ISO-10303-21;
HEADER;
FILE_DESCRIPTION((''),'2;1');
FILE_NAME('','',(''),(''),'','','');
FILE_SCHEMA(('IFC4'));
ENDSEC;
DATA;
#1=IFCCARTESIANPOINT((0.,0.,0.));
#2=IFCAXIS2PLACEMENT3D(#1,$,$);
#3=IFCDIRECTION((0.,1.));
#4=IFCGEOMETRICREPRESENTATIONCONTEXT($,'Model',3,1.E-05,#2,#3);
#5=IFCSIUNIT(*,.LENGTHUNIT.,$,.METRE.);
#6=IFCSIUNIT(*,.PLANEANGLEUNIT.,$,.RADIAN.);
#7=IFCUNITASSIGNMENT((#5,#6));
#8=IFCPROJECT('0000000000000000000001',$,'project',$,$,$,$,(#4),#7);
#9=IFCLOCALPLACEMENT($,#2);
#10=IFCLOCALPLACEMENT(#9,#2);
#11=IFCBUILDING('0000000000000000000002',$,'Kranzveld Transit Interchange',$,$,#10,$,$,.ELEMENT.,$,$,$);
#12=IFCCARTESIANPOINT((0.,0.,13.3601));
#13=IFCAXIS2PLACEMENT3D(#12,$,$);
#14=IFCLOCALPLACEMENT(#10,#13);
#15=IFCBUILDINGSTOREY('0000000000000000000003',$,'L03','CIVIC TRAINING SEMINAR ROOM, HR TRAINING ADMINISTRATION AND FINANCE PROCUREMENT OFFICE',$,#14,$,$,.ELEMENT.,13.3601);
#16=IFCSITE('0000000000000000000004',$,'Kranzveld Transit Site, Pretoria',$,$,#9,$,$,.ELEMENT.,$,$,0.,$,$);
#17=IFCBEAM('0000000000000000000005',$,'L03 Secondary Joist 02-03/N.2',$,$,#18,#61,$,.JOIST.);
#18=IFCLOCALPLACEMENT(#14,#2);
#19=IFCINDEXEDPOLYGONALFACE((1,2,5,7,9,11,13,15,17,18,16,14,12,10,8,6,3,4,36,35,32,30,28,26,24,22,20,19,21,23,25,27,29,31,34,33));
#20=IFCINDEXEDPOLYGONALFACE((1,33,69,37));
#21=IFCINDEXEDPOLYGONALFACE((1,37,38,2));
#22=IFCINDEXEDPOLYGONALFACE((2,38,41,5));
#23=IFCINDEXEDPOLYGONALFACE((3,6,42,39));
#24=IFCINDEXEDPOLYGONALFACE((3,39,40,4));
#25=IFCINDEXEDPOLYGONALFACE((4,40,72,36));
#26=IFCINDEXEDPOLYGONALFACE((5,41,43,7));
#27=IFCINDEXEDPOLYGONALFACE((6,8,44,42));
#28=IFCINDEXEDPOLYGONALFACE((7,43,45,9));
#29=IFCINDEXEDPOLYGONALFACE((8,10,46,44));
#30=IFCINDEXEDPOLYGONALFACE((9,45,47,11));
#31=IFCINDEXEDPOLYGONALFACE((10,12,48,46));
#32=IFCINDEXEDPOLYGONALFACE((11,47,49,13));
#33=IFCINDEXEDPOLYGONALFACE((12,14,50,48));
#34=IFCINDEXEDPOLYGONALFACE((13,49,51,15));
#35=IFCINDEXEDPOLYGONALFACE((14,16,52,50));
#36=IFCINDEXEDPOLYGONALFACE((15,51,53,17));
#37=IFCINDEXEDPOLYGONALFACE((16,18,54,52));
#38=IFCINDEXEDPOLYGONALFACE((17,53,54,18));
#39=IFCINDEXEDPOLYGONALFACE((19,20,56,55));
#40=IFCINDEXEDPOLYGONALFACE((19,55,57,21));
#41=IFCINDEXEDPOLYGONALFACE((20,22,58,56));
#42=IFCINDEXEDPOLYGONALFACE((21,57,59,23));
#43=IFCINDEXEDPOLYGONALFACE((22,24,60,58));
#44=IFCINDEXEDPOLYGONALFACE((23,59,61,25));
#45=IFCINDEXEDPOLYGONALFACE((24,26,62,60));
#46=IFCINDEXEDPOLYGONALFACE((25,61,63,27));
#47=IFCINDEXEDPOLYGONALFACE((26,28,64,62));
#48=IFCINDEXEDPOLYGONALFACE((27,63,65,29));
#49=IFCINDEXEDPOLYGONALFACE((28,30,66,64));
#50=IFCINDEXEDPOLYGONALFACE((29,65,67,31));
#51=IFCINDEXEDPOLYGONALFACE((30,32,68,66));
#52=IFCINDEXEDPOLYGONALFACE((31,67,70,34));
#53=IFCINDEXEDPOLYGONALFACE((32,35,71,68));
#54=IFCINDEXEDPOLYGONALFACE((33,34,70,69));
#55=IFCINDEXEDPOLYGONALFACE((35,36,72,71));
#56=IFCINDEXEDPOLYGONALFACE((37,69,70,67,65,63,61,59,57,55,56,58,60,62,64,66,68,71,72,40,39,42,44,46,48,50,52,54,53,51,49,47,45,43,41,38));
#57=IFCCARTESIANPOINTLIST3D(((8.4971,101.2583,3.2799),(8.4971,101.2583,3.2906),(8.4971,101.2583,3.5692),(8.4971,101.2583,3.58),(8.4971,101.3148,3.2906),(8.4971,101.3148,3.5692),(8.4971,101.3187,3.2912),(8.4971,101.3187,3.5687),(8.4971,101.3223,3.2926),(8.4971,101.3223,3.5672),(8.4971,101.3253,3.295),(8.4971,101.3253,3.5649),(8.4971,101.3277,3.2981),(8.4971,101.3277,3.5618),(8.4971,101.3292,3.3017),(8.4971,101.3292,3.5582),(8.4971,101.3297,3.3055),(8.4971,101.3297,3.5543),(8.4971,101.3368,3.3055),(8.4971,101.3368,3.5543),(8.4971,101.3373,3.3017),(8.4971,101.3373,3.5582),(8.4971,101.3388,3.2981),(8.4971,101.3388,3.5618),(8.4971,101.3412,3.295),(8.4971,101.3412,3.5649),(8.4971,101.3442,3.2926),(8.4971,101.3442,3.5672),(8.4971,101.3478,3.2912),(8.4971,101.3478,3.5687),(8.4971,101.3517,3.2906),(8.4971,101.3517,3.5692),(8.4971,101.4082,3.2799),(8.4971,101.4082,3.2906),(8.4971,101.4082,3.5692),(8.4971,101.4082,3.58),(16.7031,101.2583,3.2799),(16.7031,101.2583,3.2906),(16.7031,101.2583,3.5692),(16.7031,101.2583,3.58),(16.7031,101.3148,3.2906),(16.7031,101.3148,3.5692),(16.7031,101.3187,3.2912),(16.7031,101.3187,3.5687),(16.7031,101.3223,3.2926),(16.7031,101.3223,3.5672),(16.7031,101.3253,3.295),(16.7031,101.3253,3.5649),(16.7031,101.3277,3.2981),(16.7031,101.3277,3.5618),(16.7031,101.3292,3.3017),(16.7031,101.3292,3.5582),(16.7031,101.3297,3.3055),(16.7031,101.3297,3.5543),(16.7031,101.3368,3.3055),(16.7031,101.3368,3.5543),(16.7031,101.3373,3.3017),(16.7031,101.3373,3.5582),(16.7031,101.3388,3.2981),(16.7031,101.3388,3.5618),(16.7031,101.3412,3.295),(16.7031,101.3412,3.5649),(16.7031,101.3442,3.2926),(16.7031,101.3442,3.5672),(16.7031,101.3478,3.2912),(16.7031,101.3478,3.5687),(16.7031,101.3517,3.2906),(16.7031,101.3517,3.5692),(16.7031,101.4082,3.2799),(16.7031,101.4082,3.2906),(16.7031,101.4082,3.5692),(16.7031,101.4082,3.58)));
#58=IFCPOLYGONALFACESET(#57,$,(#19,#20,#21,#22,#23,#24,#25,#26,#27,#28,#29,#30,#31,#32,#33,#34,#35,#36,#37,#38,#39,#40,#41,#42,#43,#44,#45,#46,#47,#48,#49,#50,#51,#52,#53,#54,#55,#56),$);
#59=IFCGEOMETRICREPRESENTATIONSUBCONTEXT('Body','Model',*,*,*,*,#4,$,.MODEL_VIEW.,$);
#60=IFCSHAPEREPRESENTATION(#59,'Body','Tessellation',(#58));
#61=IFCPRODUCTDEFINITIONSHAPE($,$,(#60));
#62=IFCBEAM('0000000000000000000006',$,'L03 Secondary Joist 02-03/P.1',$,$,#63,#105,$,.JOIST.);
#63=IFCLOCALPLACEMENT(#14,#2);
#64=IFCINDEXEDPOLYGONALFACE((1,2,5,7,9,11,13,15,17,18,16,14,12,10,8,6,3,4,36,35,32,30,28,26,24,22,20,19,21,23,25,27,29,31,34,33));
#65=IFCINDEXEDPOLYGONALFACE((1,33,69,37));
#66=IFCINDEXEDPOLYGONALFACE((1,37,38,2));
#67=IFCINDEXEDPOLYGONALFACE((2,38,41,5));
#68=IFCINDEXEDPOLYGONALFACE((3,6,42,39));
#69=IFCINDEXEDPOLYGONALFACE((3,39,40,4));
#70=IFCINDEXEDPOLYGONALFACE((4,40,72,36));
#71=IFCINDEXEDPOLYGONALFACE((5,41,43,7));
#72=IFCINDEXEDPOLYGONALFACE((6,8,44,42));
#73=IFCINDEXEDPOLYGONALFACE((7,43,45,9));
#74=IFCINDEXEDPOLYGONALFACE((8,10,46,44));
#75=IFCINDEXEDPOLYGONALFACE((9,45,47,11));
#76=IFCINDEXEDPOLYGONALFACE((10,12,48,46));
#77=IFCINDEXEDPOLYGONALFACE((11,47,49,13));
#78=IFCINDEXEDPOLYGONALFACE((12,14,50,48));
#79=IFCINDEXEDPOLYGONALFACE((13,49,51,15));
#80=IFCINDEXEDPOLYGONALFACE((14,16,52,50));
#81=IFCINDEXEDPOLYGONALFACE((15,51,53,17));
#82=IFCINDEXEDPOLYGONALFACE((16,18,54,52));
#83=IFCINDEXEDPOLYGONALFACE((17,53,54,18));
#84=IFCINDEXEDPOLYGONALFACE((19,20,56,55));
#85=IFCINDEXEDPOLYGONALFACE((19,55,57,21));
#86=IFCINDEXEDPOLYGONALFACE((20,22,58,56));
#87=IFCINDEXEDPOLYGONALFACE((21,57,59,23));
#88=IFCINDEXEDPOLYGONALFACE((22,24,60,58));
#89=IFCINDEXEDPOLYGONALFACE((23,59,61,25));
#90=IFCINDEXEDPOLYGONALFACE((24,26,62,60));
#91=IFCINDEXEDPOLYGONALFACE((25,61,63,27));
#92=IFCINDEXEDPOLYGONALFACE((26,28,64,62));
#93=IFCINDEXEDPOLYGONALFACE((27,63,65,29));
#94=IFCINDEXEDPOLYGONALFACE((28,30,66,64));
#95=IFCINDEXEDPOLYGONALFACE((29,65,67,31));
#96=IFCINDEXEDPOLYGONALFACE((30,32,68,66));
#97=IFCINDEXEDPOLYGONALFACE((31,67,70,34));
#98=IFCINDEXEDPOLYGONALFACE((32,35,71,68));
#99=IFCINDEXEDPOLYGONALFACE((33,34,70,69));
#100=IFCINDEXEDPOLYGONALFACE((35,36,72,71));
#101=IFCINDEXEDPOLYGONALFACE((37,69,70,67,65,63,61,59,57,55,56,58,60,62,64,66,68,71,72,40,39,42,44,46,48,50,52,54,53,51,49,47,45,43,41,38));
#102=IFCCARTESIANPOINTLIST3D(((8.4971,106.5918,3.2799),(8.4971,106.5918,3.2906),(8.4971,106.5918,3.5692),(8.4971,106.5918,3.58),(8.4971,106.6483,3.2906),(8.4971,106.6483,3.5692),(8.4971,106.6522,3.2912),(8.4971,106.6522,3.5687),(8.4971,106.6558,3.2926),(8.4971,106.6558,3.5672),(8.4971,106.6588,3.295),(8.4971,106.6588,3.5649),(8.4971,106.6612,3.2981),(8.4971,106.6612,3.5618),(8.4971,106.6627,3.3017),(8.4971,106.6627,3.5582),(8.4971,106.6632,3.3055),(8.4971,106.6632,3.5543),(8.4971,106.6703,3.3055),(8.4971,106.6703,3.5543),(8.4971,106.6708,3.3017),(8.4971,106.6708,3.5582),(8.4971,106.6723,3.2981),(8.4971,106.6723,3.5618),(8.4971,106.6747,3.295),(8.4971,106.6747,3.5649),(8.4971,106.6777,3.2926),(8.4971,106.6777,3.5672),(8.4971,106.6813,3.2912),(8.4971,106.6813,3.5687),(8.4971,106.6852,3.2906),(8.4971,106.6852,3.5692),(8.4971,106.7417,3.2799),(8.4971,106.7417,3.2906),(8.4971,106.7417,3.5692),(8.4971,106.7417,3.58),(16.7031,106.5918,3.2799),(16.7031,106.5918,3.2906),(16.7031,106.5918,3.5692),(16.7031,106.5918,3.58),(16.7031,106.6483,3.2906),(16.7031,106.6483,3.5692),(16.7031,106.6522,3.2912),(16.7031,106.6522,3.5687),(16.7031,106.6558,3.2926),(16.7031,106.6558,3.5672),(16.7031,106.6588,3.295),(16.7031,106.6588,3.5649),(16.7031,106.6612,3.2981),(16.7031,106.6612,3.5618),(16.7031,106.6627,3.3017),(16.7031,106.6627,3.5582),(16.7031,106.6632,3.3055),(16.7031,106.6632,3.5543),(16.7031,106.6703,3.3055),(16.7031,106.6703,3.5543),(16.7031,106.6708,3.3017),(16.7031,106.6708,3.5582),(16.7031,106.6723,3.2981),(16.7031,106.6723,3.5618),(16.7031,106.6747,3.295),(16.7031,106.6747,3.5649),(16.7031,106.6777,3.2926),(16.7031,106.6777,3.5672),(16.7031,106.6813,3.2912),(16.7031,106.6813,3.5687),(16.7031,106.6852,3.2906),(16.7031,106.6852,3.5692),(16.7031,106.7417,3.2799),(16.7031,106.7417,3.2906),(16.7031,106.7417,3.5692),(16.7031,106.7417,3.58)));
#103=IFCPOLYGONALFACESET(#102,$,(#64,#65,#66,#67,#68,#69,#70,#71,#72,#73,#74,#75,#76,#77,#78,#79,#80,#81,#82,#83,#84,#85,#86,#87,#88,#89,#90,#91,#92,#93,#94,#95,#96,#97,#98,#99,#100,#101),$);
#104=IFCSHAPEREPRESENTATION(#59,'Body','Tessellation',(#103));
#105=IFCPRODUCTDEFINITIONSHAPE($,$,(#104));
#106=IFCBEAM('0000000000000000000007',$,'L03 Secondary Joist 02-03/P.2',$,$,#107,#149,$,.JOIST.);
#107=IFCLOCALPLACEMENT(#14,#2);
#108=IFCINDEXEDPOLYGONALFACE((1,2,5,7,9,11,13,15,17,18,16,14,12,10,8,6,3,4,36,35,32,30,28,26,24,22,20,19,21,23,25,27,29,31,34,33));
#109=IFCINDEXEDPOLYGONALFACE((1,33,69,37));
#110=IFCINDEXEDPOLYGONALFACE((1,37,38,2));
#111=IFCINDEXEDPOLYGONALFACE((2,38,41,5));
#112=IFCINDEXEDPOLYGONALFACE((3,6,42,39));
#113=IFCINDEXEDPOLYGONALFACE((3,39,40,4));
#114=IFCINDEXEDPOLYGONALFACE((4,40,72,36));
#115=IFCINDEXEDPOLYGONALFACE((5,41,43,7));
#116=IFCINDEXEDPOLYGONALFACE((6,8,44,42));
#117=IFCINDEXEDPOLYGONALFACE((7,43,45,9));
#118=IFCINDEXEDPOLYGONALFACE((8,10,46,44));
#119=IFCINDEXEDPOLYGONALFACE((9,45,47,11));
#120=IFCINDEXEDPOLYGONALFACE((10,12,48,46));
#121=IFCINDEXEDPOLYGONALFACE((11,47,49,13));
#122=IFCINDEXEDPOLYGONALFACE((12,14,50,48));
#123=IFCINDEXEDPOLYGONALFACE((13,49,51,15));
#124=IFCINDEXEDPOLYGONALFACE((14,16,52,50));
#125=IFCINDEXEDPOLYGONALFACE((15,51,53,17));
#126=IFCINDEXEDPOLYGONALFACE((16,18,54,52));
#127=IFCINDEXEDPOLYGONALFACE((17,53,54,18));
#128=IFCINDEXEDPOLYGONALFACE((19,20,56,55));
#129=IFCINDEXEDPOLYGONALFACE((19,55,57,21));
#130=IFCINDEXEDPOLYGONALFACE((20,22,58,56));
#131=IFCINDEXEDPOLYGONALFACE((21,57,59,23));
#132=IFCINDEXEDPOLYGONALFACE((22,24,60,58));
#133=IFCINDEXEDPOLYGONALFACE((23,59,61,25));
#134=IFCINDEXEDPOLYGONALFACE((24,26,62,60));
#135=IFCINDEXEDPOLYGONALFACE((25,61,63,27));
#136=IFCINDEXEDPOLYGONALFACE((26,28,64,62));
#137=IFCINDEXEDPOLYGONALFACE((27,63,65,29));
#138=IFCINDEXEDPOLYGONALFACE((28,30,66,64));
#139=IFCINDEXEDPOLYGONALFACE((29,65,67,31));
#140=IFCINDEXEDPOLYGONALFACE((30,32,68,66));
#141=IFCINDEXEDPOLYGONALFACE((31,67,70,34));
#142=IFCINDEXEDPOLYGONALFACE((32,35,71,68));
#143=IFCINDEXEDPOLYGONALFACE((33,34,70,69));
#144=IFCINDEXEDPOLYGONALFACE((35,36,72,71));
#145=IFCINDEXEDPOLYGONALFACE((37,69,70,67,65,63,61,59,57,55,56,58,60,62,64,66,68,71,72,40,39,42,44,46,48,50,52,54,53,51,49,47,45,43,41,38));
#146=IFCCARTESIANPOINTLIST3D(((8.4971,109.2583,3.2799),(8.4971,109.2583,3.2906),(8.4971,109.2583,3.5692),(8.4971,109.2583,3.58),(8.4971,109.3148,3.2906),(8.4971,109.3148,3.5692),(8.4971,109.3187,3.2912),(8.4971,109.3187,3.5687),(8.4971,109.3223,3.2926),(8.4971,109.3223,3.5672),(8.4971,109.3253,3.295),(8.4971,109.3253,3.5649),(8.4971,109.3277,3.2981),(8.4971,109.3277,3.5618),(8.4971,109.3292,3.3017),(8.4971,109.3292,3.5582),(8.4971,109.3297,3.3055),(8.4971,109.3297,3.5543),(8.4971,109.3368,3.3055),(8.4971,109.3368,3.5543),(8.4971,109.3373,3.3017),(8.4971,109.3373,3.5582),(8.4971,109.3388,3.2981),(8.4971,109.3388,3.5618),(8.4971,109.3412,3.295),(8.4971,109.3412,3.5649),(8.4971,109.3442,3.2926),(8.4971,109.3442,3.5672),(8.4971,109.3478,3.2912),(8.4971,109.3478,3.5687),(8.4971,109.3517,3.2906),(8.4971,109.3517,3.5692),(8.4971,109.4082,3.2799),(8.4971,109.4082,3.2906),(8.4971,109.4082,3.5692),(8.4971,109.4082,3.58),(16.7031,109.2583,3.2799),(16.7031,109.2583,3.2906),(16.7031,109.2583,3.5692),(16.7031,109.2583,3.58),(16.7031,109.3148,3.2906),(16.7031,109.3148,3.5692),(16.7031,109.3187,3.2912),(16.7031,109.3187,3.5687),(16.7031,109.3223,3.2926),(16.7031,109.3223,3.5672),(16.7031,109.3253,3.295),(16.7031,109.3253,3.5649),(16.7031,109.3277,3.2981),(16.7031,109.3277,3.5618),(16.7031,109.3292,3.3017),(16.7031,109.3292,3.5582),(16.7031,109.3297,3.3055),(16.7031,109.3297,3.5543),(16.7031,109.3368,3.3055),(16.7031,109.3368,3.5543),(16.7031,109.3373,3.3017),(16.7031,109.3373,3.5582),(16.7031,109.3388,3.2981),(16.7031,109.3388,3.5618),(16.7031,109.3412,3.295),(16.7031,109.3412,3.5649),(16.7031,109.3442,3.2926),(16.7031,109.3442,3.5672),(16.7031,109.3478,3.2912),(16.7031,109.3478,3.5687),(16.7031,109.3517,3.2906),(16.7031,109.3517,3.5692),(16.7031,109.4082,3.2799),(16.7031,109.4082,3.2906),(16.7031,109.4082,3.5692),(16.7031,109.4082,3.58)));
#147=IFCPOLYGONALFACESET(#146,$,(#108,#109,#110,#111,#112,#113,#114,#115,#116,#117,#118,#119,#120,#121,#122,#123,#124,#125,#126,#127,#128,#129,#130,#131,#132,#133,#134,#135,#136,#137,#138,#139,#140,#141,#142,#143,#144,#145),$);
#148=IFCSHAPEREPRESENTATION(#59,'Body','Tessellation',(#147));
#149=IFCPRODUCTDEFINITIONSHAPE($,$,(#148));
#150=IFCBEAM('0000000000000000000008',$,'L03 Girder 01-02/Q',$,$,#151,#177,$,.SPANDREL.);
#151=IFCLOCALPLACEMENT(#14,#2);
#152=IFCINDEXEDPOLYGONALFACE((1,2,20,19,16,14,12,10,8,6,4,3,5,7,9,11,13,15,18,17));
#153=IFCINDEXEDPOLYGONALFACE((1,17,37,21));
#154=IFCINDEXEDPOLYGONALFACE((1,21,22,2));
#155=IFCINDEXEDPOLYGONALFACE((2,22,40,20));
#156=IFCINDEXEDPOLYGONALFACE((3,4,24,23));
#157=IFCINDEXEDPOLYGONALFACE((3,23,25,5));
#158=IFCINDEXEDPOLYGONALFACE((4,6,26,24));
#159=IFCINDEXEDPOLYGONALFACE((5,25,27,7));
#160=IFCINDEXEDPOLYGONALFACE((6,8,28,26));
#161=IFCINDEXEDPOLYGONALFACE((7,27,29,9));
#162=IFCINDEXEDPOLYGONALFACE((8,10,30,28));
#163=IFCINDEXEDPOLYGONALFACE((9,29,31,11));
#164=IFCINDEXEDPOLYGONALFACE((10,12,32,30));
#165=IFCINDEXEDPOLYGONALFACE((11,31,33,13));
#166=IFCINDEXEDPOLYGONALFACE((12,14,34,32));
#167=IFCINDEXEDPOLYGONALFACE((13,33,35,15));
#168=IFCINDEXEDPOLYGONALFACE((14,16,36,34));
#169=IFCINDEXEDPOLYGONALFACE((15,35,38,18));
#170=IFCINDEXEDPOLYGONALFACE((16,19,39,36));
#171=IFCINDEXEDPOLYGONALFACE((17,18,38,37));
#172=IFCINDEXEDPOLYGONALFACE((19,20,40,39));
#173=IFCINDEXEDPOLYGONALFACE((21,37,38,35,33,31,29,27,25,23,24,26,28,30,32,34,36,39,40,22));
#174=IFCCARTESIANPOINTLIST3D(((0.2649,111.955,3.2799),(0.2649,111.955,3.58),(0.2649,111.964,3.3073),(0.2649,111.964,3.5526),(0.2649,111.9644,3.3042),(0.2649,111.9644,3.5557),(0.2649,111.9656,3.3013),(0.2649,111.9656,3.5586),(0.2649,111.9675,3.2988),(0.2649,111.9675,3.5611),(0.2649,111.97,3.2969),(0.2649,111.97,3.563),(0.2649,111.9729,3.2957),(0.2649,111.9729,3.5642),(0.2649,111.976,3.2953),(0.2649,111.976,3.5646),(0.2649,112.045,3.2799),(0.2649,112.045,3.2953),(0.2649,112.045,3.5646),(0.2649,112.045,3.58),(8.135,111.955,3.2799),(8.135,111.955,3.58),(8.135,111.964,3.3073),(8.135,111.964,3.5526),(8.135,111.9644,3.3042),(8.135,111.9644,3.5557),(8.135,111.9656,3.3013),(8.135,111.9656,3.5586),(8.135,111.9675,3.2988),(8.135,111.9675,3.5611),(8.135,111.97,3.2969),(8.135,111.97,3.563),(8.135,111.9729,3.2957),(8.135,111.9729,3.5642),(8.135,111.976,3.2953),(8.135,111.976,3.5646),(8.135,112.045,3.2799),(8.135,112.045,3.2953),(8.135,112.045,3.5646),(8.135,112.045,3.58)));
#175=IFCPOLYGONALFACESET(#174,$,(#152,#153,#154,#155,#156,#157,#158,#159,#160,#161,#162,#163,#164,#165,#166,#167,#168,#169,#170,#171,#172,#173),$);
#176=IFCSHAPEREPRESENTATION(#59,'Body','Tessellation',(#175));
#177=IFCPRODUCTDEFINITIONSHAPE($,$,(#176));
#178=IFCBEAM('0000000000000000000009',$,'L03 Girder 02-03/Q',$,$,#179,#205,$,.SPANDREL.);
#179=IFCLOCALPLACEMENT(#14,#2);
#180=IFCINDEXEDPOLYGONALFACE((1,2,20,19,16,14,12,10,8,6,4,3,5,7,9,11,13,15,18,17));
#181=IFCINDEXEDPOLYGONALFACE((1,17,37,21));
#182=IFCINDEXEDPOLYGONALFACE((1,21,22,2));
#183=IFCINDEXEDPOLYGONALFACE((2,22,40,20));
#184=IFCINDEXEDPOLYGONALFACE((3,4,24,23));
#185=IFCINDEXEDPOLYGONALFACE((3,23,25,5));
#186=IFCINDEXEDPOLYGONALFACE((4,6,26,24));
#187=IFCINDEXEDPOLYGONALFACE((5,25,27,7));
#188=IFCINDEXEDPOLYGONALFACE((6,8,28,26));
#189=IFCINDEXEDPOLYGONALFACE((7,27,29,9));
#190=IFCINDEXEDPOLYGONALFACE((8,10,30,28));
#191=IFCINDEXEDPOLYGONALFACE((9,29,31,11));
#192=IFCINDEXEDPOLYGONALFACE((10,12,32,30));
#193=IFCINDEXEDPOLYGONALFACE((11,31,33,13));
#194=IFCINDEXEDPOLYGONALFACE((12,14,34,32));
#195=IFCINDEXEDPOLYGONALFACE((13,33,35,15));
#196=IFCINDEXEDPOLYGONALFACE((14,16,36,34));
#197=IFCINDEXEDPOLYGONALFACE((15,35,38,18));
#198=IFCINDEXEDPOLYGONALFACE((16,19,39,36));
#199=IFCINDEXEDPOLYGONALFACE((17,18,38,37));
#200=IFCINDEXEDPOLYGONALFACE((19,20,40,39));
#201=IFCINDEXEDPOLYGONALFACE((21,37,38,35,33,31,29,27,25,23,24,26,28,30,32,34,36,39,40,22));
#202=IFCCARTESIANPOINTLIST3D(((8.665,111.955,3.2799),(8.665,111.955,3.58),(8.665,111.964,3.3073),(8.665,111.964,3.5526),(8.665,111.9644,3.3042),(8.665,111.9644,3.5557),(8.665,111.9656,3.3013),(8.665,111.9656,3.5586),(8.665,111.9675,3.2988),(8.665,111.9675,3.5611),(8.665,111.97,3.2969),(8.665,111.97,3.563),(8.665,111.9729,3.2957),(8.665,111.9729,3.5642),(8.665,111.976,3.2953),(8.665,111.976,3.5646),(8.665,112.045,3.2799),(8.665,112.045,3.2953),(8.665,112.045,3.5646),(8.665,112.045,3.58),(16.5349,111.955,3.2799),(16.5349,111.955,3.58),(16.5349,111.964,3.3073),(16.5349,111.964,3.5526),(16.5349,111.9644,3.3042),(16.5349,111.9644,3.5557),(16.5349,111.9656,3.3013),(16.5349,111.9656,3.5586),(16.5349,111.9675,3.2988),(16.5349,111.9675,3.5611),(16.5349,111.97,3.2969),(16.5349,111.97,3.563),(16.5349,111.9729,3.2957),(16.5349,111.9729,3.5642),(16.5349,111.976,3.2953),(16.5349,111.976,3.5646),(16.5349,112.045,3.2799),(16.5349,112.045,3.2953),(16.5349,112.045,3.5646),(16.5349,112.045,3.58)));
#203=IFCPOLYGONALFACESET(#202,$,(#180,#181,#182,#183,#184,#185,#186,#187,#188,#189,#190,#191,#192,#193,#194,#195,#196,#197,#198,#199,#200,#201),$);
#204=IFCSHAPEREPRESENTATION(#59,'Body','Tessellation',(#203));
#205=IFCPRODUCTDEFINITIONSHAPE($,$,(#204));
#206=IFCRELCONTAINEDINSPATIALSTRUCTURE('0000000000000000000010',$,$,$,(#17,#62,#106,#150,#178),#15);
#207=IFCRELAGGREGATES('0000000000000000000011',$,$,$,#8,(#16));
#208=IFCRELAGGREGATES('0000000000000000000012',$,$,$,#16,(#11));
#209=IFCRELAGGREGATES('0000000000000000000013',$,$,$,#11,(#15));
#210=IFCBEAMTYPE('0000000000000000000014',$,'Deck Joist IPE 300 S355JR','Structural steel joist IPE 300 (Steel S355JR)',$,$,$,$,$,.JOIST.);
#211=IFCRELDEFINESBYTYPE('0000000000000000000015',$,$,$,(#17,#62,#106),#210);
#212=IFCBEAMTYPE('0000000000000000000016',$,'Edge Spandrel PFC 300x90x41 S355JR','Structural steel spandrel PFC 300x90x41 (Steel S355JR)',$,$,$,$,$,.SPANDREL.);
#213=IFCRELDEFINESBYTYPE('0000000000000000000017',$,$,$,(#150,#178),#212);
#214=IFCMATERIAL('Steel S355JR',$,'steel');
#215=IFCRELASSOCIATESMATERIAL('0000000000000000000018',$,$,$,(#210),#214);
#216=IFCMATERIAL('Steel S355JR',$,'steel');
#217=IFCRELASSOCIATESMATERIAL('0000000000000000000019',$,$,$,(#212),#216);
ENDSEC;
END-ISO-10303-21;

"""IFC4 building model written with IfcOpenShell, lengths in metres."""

from ifc_helpers import new_model, si_unit, direction, frame, origin, origin_2d, place, context, subcontext, project, spatial, i_section, u_section, extrude, material, material_profile, profile_set, type_object, element, save


model = new_model("IFC4")

# Units and contexts
model_context = context("Model", 3, precision=1e-05, world=origin(), true_north=direction((0.0, 1.0)))
body_context = subcontext(model_context, "Body", "Model", "MODEL_VIEW")
ifc_project = project(units=[si_unit("LENGTHUNIT", "METRE"), si_unit("PLANEANGLEUNIT", "RADIAN")], contexts=[model_context])

# Site, building, storey
site_placement = place(None, origin())
site = spatial("IfcSite", under=ifc_project, at=site_placement, Name="Kranzveld Transit Site, Pretoria", CompositionType="ELEMENT", RefElevation=0.0)
building_placement = place(site_placement, origin())
building = spatial("IfcBuilding", under=site, at=building_placement, Name="Kranzveld Transit Interchange", CompositionType="ELEMENT")
storey_placement = place(building_placement, frame((0.0, 0.0, 13.3601)))
storey = spatial("IfcBuildingStorey", under=building, at=storey_placement, Name="L03", Description="CIVIC TRAINING SEMINAR ROOM, HR TRAINING ADMINISTRATION AND FINANCE PROCUREMENT OFFICE", CompositionType="ELEMENT", Elevation=13.3601)

# Beams
ifc_material_1 = material(Name="Steel S355JR", Category="steel")
ifc_material_profile_1 = material_profile(ifc_material_1, i_section(OverallWidth=0.1499, OverallDepth=0.3, WebThickness=0.0071, FlangeThickness=0.0107, FilletRadius=0.0149, at=origin_2d()), Name="IPE 300")
ifc_profile_set_1 = profile_set([ifc_material_profile_1], Name="Steel S355JR")
beam_type_1 = type_object("IfcBeamType", Name="Deck Joist IPE 300 S355JR", Description="Structural steel joist IPE 300 (Steel S355JR)", PredefinedType="JOIST", material=ifc_profile_set_1)
for number, where, z_axis, x_axis, name in (
    (1, (8.4971, 101.3333, 3.4299), (1.0, 0.0, 0.0), (0.0, 1.0, 0.0), "L03 Secondary Joist 02-03/N.2"),
    (2, (8.4971, 106.6667, 3.4299), (1.0, 0.0, 0.0), (0.0, 1.0, 0.0), "L03 Secondary Joist 02-03/P.1"),
    (3, (8.4971, 109.3333, 3.4299), (1.0, 0.0, 0.0), (0.0, 1.0, 0.0), "L03 Secondary Joist 02-03/P.2"),
):
    element("IfcBeam", number, at=place(storey_placement, frame(where, z_axis=z_axis, x_axis=x_axis)), inside=storey, type_object=beam_type_1, Name=name, PredefinedType="JOIST", context=body_context, shape_type="SweptSolid", body=[
        extrude(i_section(OverallWidth=0.1499, OverallDepth=0.3, WebThickness=0.0071, FlangeThickness=0.0107, FilletRadius=0.0149, at=origin_2d()), origin(), (0.0, 0.0, 1.0), 8.2061),
    ])
ifc_material_2 = material(Name="Steel S355JR", Category="steel")
ifc_material_profile_2 = material_profile(ifc_material_2, u_section(Depth=0.3, FlangeWidth=0.0901, WebThickness=0.009, FlangeThickness=0.0154, FilletRadius=0.012, at=origin_2d()), Name="PFC 300x90x41")
ifc_profile_set_2 = profile_set([ifc_material_profile_2], Name="Steel S355JR")
beam_type_2 = type_object("IfcBeamType", Name="Edge Spandrel PFC 300x90x41 S355JR", Description="Structural steel spandrel PFC 300x90x41 (Steel S355JR)", PredefinedType="SPANDREL", material=ifc_profile_set_2)
beam_1_placement = place(storey_placement, frame((0.2649, 112.0, 3.4299), z_axis=(1.0, 0.0, 0.0), x_axis=(0.0, 1.0, 0.0)))
element("IfcBeam", 4, at=beam_1_placement, inside=storey, type_object=beam_type_2, Name="L03 Girder 01-02/Q", PredefinedType="SPANDREL", context=body_context, shape_type="SweptSolid", body=[
    extrude(u_section(Depth=0.3, FlangeWidth=0.0901, WebThickness=0.009, FlangeThickness=0.0154, FilletRadius=0.012, at=origin_2d()), origin(), (0.0, 0.0, 1.0), 7.8701),
])
beam_2_placement = place(storey_placement, frame((8.665, 112.0, 3.4299), z_axis=(1.0, 0.0, 0.0), x_axis=(0.0, 1.0, 0.0)))
element("IfcBeam", 5, at=beam_2_placement, inside=storey, type_object=beam_type_2, Name="L03 Girder 02-03/Q", PredefinedType="SPANDREL", context=body_context, shape_type="SweptSolid", body=[
    extrude(u_section(Depth=0.3, FlangeWidth=0.0901, WebThickness=0.009, FlangeThickness=0.0154, FilletRadius=0.012, at=origin_2d()), origin(), (0.0, 0.0, 1.0), 7.8699),
])

save(model, "model.ifc")
